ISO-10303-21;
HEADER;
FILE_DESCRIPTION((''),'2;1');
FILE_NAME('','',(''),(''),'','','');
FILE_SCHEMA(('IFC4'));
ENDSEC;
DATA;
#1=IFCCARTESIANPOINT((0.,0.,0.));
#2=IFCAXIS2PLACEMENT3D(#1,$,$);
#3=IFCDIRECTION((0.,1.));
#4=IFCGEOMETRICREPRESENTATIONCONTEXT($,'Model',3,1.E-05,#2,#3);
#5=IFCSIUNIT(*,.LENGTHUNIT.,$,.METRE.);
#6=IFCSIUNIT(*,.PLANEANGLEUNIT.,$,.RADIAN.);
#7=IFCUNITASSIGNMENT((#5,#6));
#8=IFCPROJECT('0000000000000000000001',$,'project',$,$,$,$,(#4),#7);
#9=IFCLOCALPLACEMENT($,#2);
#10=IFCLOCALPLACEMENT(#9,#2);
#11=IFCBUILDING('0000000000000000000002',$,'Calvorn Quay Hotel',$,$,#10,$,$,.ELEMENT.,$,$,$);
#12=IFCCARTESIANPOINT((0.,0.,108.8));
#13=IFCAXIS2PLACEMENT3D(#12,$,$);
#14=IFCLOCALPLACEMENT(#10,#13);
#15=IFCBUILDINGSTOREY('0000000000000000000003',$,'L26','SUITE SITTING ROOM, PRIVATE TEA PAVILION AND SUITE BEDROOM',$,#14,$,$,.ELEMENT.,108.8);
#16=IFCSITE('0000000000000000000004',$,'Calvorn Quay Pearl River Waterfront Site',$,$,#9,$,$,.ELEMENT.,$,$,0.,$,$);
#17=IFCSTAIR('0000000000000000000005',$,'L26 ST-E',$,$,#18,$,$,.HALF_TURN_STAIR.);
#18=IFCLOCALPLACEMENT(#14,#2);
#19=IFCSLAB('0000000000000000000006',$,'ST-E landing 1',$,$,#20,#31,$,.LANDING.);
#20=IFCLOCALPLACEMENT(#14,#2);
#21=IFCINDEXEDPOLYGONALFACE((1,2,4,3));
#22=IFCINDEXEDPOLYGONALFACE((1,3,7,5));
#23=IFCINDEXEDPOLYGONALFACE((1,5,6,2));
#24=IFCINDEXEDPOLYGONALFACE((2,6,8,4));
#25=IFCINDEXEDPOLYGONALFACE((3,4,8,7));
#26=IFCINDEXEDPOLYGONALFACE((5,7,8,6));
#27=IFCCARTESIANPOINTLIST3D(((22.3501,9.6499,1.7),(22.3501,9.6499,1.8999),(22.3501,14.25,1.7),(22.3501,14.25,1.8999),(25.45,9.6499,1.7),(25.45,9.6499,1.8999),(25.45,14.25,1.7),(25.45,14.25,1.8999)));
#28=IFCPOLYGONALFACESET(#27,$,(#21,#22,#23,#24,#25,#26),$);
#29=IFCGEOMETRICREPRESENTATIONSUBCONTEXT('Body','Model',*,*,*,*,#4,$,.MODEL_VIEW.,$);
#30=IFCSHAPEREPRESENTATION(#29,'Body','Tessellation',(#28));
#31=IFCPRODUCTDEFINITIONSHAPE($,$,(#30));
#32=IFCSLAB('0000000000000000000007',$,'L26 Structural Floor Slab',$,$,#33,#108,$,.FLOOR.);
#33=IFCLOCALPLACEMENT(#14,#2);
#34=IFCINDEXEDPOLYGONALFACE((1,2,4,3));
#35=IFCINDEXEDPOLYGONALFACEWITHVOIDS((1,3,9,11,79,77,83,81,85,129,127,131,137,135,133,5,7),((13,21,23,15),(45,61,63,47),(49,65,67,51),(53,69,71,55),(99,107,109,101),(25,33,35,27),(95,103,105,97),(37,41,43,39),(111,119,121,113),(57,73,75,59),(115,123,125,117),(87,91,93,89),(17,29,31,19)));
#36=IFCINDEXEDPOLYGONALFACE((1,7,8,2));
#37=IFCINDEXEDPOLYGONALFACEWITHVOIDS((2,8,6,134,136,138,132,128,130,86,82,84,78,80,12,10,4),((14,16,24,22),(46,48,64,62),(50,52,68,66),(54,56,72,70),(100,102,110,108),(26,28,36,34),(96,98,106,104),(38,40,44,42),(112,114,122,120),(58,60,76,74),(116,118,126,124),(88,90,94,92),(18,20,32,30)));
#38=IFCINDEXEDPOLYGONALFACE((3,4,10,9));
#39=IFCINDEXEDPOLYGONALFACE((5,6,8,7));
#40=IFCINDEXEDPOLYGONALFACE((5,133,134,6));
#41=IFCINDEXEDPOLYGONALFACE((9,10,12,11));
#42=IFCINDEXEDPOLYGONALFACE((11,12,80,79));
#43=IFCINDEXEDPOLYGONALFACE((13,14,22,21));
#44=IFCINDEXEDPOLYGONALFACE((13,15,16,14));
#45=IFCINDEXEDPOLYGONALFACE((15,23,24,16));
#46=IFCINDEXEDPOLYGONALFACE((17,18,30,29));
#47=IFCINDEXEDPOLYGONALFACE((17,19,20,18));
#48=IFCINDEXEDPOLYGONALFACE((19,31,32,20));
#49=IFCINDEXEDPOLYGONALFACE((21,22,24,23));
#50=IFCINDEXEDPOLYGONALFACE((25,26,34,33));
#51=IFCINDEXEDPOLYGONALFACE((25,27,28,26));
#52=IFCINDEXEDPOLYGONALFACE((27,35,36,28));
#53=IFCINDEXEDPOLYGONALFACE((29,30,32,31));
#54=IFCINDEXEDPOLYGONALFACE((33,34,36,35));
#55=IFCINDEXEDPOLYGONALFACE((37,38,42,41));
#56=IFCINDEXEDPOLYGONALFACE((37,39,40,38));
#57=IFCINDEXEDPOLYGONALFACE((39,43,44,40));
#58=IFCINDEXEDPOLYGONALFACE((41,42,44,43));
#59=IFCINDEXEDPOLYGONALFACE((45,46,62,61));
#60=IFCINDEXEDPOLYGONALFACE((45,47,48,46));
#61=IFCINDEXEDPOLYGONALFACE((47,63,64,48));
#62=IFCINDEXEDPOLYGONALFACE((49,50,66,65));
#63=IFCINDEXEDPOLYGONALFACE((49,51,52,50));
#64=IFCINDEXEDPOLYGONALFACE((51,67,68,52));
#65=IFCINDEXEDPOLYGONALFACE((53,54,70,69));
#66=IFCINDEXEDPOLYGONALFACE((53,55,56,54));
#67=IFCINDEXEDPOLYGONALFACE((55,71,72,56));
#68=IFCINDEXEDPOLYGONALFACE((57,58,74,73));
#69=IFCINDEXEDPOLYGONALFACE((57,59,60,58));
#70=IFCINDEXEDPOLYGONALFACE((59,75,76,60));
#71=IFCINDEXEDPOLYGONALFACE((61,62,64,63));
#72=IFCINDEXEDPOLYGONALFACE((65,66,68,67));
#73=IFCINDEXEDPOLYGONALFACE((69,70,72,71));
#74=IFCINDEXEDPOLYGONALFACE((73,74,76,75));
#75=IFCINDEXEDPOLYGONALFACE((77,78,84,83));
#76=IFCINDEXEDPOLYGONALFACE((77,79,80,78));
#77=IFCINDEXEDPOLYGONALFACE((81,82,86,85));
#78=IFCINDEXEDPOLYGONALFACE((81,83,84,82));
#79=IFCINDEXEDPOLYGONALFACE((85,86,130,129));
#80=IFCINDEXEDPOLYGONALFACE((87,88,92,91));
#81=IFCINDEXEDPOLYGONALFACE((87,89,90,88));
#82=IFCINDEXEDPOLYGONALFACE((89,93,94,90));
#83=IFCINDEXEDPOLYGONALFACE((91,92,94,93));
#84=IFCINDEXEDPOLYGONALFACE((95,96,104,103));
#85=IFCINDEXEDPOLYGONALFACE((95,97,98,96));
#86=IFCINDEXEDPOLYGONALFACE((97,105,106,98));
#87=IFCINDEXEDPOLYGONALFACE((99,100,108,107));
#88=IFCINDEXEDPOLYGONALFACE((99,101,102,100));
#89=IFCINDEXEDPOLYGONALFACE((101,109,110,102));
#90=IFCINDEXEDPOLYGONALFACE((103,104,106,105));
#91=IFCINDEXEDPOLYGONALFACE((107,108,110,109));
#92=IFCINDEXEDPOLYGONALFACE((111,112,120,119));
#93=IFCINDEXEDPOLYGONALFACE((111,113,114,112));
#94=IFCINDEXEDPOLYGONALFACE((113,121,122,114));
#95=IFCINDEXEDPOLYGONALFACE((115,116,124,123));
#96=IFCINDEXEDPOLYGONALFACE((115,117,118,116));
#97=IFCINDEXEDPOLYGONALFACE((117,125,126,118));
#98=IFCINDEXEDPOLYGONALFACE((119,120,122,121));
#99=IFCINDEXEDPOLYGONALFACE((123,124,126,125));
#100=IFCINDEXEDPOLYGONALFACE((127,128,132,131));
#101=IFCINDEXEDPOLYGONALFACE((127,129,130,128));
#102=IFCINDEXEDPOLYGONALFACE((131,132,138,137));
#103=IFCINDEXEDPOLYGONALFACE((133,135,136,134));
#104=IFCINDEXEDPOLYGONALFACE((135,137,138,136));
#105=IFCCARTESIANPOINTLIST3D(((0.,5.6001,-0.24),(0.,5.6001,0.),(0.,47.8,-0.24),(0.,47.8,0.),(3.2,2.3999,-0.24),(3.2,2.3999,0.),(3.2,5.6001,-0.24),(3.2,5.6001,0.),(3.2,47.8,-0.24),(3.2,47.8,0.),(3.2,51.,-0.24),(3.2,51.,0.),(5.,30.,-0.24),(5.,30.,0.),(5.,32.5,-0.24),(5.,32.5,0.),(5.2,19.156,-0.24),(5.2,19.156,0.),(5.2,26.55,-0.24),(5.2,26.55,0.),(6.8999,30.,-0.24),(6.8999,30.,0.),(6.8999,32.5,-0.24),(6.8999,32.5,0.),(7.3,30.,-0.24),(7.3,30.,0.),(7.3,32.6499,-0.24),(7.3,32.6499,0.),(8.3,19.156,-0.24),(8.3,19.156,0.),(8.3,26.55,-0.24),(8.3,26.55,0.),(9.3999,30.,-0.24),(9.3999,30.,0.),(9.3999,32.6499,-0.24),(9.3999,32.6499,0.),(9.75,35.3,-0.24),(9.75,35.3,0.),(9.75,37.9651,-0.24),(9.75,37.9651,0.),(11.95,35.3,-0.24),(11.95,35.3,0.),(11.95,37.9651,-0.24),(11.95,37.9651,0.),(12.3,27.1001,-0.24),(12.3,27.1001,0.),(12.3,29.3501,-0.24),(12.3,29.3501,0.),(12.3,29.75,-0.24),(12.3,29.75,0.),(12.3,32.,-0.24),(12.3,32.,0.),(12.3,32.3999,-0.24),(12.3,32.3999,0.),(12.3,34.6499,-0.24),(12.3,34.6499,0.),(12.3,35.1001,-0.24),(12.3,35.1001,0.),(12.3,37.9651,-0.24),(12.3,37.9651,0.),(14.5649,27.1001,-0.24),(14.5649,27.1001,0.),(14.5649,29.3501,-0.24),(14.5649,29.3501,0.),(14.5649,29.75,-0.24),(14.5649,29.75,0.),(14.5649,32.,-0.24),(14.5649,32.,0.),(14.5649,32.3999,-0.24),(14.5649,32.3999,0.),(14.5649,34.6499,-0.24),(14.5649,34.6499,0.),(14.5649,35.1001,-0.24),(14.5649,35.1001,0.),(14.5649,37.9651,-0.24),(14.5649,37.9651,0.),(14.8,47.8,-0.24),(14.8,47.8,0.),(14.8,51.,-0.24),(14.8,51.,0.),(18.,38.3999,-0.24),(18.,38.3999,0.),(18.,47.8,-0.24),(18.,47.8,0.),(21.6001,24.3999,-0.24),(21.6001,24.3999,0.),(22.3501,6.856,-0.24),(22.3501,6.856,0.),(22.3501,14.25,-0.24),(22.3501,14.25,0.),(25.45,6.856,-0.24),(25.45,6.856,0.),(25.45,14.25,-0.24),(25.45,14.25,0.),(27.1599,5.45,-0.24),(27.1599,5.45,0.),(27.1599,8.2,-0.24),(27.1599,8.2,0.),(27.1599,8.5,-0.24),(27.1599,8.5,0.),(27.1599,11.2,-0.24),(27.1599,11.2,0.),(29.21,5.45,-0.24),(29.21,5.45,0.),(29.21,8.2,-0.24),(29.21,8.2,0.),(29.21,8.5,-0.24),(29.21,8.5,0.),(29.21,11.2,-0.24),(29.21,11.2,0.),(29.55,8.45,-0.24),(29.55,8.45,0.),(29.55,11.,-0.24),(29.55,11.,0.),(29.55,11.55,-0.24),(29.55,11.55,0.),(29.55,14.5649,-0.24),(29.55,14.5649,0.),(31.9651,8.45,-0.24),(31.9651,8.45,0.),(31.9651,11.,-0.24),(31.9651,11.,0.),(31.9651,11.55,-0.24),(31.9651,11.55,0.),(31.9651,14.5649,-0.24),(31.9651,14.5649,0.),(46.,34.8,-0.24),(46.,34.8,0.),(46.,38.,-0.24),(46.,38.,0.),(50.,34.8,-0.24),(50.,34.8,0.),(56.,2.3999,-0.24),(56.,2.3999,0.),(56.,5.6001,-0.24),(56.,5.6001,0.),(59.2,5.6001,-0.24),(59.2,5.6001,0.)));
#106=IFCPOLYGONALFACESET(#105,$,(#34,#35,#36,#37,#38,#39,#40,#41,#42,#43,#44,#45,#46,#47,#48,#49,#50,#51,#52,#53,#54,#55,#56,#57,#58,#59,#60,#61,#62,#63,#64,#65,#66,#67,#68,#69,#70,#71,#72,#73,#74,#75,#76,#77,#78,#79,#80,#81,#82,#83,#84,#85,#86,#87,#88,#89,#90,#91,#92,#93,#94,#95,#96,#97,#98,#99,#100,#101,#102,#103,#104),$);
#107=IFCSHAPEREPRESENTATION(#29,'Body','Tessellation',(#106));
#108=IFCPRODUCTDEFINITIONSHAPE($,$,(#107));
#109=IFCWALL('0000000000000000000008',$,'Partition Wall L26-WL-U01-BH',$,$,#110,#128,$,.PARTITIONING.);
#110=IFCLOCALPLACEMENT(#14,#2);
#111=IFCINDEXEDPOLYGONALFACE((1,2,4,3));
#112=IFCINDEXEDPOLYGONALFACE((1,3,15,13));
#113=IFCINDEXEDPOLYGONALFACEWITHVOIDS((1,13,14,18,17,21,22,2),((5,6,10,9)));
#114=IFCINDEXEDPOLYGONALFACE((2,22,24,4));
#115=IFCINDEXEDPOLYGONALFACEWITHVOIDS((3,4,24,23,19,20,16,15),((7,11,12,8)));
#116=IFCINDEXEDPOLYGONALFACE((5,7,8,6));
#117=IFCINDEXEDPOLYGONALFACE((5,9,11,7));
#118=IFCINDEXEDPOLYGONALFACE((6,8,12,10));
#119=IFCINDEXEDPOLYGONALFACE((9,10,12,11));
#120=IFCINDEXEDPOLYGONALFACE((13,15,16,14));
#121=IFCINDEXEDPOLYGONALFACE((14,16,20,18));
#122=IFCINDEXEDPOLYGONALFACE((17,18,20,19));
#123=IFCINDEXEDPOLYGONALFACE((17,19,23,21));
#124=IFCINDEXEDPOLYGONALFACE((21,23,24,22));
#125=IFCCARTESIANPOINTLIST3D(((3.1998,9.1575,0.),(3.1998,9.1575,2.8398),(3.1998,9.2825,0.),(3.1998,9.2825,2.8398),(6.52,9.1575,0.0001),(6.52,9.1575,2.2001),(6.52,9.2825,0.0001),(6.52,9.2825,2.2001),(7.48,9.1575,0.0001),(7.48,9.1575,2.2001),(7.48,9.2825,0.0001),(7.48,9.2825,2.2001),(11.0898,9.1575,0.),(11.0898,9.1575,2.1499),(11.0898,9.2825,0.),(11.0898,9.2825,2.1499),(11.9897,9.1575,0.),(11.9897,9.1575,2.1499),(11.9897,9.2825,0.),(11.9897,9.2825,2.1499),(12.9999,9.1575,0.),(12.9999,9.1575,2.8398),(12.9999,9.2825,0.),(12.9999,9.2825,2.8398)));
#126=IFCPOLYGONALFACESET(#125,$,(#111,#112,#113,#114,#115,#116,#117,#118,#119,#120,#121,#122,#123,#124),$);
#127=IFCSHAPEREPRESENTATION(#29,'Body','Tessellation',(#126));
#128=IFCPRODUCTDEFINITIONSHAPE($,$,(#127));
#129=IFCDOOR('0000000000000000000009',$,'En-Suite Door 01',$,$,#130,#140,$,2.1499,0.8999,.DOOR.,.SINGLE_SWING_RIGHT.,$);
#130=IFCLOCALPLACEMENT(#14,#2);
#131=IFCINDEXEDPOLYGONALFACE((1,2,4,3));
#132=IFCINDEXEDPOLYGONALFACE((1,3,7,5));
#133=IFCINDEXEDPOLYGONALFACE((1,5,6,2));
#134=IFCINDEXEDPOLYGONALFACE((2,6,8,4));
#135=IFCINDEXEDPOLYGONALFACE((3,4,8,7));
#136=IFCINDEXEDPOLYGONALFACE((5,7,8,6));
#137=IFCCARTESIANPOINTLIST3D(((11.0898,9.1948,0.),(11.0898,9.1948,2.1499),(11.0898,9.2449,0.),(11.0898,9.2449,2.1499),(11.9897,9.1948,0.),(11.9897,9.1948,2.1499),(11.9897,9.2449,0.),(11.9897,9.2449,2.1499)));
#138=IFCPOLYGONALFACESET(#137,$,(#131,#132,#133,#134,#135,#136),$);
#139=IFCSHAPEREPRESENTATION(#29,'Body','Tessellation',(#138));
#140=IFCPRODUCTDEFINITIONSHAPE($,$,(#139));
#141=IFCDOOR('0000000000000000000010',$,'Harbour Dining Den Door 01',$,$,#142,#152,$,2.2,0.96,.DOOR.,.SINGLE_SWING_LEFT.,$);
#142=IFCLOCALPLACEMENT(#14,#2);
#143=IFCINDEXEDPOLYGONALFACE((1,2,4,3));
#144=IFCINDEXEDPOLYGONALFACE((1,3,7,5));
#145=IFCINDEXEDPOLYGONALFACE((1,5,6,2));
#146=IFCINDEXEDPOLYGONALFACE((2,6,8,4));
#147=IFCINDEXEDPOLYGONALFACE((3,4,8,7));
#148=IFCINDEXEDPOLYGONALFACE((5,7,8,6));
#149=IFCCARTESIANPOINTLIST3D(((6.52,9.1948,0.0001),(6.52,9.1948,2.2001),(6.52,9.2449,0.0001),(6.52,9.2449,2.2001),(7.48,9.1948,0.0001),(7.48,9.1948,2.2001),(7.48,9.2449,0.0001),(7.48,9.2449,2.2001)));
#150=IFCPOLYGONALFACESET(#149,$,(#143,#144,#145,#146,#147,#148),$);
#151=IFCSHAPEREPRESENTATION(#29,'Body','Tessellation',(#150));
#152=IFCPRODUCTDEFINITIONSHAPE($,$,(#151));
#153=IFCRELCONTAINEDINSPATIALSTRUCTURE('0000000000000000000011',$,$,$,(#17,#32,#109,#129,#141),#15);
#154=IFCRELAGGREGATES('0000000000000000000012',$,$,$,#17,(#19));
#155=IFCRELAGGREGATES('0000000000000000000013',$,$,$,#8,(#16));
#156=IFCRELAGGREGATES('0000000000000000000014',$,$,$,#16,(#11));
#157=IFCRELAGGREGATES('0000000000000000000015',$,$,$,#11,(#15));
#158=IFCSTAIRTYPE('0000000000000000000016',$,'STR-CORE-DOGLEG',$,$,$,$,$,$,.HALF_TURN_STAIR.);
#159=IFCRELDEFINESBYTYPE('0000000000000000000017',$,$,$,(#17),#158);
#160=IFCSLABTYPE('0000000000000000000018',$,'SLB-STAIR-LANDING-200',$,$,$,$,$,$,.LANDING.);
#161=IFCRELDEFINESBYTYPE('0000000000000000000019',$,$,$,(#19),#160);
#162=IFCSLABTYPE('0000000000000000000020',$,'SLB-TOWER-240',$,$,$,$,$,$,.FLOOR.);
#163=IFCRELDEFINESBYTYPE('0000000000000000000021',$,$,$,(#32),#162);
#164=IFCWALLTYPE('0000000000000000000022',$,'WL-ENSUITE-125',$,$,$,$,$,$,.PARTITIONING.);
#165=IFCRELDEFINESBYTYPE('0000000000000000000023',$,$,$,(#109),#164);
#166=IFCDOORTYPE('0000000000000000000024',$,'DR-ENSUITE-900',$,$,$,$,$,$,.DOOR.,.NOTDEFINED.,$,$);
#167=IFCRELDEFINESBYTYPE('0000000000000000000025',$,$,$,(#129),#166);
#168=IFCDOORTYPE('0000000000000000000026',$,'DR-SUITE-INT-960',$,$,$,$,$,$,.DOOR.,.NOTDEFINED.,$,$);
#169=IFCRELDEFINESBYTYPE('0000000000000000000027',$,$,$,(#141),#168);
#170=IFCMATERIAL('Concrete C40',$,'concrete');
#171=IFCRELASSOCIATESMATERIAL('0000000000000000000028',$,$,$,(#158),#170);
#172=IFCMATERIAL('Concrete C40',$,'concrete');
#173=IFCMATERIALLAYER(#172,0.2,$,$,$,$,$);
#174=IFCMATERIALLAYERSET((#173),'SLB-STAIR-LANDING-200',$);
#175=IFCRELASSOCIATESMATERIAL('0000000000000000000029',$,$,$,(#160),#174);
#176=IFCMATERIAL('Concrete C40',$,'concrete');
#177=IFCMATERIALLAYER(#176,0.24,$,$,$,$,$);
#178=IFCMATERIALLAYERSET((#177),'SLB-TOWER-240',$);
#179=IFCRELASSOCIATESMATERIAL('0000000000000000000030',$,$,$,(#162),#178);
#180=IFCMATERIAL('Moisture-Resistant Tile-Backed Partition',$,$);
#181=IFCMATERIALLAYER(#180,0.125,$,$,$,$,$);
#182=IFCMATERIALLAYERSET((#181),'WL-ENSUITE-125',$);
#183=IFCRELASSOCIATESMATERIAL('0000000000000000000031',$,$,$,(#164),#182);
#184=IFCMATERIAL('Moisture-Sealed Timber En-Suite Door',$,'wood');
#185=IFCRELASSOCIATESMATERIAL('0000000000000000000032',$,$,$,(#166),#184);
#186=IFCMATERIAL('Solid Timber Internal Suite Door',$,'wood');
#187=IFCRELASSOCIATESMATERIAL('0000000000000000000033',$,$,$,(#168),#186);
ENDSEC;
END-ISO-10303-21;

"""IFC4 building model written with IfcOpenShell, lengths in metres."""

from ifc_helpers import new_model, si_unit, direction, frame, frame_2d, origin, place, context, subcontext, project, spatial, polyline, rectangle, outline, extrude, material, layer, layer_set, type_object, element, fill, aggregate, save


model = new_model("IFC4")

# Units and contexts
model_context = context("Model", 3, precision=1e-05, world=origin(), true_north=direction((0.0, 1.0)))
body_context = subcontext(model_context, "Body", "Model", "MODEL_VIEW")
ifc_project = project(units=[si_unit("LENGTHUNIT", "METRE"), si_unit("PLANEANGLEUNIT", "RADIAN")], contexts=[model_context])

# Site, building, storey
site_placement = place(None, origin())
site = spatial("IfcSite", under=ifc_project, at=site_placement, Name="Calvorn Quay Pearl River Waterfront Site", CompositionType="ELEMENT", RefElevation=0.0)
building_placement = place(site_placement, origin())
building = spatial("IfcBuilding", under=site, at=building_placement, Name="Calvorn Quay Hotel", CompositionType="ELEMENT")
storey_placement = place(building_placement, frame((0.0, 0.0, 108.8)))
storey = spatial("IfcBuildingStorey", under=building, at=storey_placement, Name="L26", Description="SUITE SITTING ROOM, PRIVATE TEA PAVILION AND SUITE BEDROOM", CompositionType="ELEMENT", Elevation=108.8)

# Stair, slab
ifc_material_1 = material(Name="Concrete C40", Category="concrete")
stair_type = type_object("IfcStairType", Name="STR-CORE-DOGLEG", PredefinedType="HALF_TURN_STAIR", material=ifc_material_1)
ifc_material_2 = material(Name="Concrete C40", Category="concrete")
ifc_layer_1 = layer(ifc_material_2, 0.2)
ifc_layer_set_1 = layer_set([ifc_layer_1], Name="SLB-STAIR-LANDING-200")
slab_type_1 = type_object("IfcSlabType", Name="SLB-STAIR-LANDING-200", PredefinedType="LANDING", material=ifc_layer_set_1)
stair_1_placement = place(storey_placement, origin())
stair_1 = element("IfcStair", 1, at=stair_1_placement, inside=storey, type_object=stair_type, Name="L26 ST-E", PredefinedType="HALF_TURN_STAIR")
slab_1_placement = place(storey_placement, frame((0.0, 0.0, 1.7)))
slab_1 = element("IfcSlab", 2, at=slab_1_placement, type_object=slab_type_1, Name="ST-E landing 1", PredefinedType="LANDING", context=body_context, shape_type="SweptSolid", body=[
    extrude(outline(polyline([(25.45, 9.6499), (25.45, 14.25), (22.3501, 14.25), (22.3501, 9.6499), (25.45, 9.6499)])), origin(), (0.0, 0.0, 1.0), 0.2),
])
aggregate(stair_1, [slab_1])

# Slab
ifc_material_3 = material(Name="Concrete C40", Category="concrete")
ifc_layer_2 = layer(ifc_material_3, 0.24)
ifc_layer_set_2 = layer_set([ifc_layer_2], Name="SLB-TOWER-240")
slab_type_2 = type_object("IfcSlabType", Name="SLB-TOWER-240", PredefinedType="FLOOR", material=ifc_layer_set_2)
slab_2_placement = place(storey_placement, frame((0.0, 0.0, -0.24)))
element("IfcSlab", 3, at=slab_2_placement, inside=storey, type_object=slab_type_2, Name="L26 Structural Floor Slab", PredefinedType="FLOOR", context=body_context, shape_type="SweptSolid", body=[
    extrude(outline(polyline([(0.0, 5.6001), (3.2, 5.6001), (3.2, 2.3999), (56.0, 2.3999), (56.0, 5.6001), (59.2, 5.6001), (50.0, 34.8), (46.0, 34.8), (46.0, 38.0), (21.6001, 24.3999), (18.0, 38.3999), (18.0, 47.8), (14.8, 47.8), (14.8, 51.0), (3.2, 51.0), (3.2, 47.8), (0.0, 47.8), (0.0, 5.6001)]), holes=[polyline([(5.2, 19.156), (8.3, 19.156), (8.3, 26.55), (5.2, 26.55), (5.2, 19.156)]), polyline([(22.3501, 6.856), (25.45, 6.856), (25.45, 14.25), (22.3501, 14.25), (22.3501, 6.856)]), polyline([(5.0, 30.0), (6.8999, 30.0), (6.8999, 32.5), (5.0, 32.5), (5.0, 30.0)]), polyline([(7.3, 30.0), (9.3999, 30.0), (9.3999, 32.6499), (7.3, 32.6499), (7.3, 30.0)]), polyline([(27.1599, 8.5), (29.21, 8.5), (29.21, 11.2), (27.1599, 11.2), (27.1599, 8.5)]), polyline([(27.1599, 5.45), (29.21, 5.45), (29.21, 8.2), (27.1599, 8.2), (27.1599, 5.45)]), polyline([(12.3, 27.1001), (14.5649, 27.1001), (14.5649, 29.3501), (12.3, 29.3501), (12.3, 27.1001)]), polyline([(12.3, 29.75), (14.5649, 29.75), (14.5649, 32.0), (12.3, 32.0), (12.3, 29.75)]), polyline([(12.3, 32.3999), (14.5649, 32.3999), (14.5649, 34.6499), (12.3, 34.6499), (12.3, 32.3999)]), polyline([(12.3, 35.1001), (14.5649, 35.1001), (14.5649, 37.9651), (12.3, 37.9651), (12.3, 35.1001)]), polyline([(9.75, 35.3), (11.95, 35.3), (11.95, 37.9651), (9.75, 37.9651), (9.75, 35.3)]), polyline([(29.55, 11.55), (31.9651, 11.55), (31.9651, 14.5649), (29.55, 14.5649), (29.55, 11.55)]), polyline([(29.55, 8.45), (31.9651, 8.45), (31.9651, 11.0), (29.55, 11.0), (29.55, 8.45)])]), origin(), (0.0, 0.0, 1.0), 0.24),
])

# Wall, openings, doors
ifc_material_4 = material(Name="Moisture-Resistant Tile-Backed Partition")
ifc_layer_3 = layer(ifc_material_4, 0.125)
ifc_layer_set_3 = layer_set([ifc_layer_3], Name="WL-ENSUITE-125")
wall_type_1 = type_object("IfcWallType", Name="WL-ENSUITE-125", PredefinedType="PARTITIONING", material=ifc_layer_set_3)
wall_1_placement = place(storey_placement, frame((3.2, 9.22, 0.0), z_axis=(0.0, 0.0, 1.0), x_axis=(1.0, 0.0, 0.0)))
wall_1 = element("IfcWall", 4, at=wall_1_placement, inside=storey, type_object=wall_type_1, Name="Partition Wall L26-WL-U01-BH", PredefinedType="PARTITIONING", context=body_context, shape_type="SweptSolid", body=[
    extrude(rectangle(XDim=9.8, YDim=0.125, at=frame_2d((4.8999, 0.0))), origin(), (0.0, 0.0, 1.0), 2.8398),
])
opening_1_placement = place(wall_1_placement, frame((3.3201, 0.0, 0.0)))
opening_1 = element("IfcOpeningElement", 5, at=opening_1_placement, cuts=wall_1, PredefinedType="OPENING", context=body_context, shape_type="SweptSolid", body=[
    extrude(rectangle(XDim=0.96, YDim=2.2, at=frame_2d((0.48, 1.1001))), frame((0.0, 0.0725, 0.0), z_axis=(0.0, -1.0, 0.0), x_axis=(1.0, 0.0, 0.0)), (0.0, 0.0, 1.0), 0.145),
])
opening_2_placement = place(wall_1_placement, frame((7.8899, 0.0, 0.0)))
opening_2 = element("IfcOpeningElement", 6, at=opening_2_placement, cuts=wall_1, PredefinedType="OPENING", context=body_context, shape_type="SweptSolid", body=[
    extrude(rectangle(XDim=0.8999, YDim=2.1499, at=frame_2d((0.45, 1.075))), frame((0.0, 0.0725, 0.0), z_axis=(0.0, -1.0, 0.0), x_axis=(1.0, 0.0, 0.0)), (0.0, 0.0, 1.0), 0.145),
])
ifc_material_5 = material(Name="Moisture-Sealed Timber En-Suite Door", Category="wood")
door_type_1 = type_object("IfcDoorType", Name="DR-ENSUITE-900", OperationType="NOTDEFINED", PredefinedType="DOOR", material=ifc_material_5)
door_1_placement = place(opening_2_placement, origin())
door_1 = element("IfcDoor", 7, at=door_1_placement, inside=storey, type_object=door_type_1, Name="En-Suite Door 01", OperationType="SINGLE_SWING_RIGHT", OverallHeight=2.1499, OverallWidth=0.8999, PredefinedType="DOOR", context=body_context, shape_type="SweptSolid", body=[
    extrude(rectangle(XDim=0.8999, YDim=2.1499, at=frame_2d((0.45, 1.075))), frame((0.0, 0.0249, 0.0), z_axis=(0.0, -1.0, 0.0), x_axis=(1.0, 0.0, 0.0)), (0.0, 0.0, 1.0), 0.05),
])
fill(opening_2, door_1)
ifc_material_6 = material(Name="Solid Timber Internal Suite Door", Category="wood")
door_type_2 = type_object("IfcDoorType", Name="DR-SUITE-INT-960", OperationType="NOTDEFINED", PredefinedType="DOOR", material=ifc_material_6)
door_2_placement = place(opening_1_placement, origin())
door_2 = element("IfcDoor", 8, at=door_2_placement, inside=storey, type_object=door_type_2, Name="Harbour Dining Den Door 01", OperationType="SINGLE_SWING_LEFT", OverallHeight=2.2, OverallWidth=0.96, PredefinedType="DOOR", context=body_context, shape_type="SweptSolid", body=[
    extrude(rectangle(XDim=0.96, YDim=2.2, at=frame_2d((0.48, 1.1001))), frame((0.0, 0.0249, 0.0), z_axis=(0.0, -1.0, 0.0), x_axis=(1.0, 0.0, 0.0)), (0.0, 0.0, 1.0), 0.05),
])
fill(opening_1, door_2)

save(model, "model.ifc")
